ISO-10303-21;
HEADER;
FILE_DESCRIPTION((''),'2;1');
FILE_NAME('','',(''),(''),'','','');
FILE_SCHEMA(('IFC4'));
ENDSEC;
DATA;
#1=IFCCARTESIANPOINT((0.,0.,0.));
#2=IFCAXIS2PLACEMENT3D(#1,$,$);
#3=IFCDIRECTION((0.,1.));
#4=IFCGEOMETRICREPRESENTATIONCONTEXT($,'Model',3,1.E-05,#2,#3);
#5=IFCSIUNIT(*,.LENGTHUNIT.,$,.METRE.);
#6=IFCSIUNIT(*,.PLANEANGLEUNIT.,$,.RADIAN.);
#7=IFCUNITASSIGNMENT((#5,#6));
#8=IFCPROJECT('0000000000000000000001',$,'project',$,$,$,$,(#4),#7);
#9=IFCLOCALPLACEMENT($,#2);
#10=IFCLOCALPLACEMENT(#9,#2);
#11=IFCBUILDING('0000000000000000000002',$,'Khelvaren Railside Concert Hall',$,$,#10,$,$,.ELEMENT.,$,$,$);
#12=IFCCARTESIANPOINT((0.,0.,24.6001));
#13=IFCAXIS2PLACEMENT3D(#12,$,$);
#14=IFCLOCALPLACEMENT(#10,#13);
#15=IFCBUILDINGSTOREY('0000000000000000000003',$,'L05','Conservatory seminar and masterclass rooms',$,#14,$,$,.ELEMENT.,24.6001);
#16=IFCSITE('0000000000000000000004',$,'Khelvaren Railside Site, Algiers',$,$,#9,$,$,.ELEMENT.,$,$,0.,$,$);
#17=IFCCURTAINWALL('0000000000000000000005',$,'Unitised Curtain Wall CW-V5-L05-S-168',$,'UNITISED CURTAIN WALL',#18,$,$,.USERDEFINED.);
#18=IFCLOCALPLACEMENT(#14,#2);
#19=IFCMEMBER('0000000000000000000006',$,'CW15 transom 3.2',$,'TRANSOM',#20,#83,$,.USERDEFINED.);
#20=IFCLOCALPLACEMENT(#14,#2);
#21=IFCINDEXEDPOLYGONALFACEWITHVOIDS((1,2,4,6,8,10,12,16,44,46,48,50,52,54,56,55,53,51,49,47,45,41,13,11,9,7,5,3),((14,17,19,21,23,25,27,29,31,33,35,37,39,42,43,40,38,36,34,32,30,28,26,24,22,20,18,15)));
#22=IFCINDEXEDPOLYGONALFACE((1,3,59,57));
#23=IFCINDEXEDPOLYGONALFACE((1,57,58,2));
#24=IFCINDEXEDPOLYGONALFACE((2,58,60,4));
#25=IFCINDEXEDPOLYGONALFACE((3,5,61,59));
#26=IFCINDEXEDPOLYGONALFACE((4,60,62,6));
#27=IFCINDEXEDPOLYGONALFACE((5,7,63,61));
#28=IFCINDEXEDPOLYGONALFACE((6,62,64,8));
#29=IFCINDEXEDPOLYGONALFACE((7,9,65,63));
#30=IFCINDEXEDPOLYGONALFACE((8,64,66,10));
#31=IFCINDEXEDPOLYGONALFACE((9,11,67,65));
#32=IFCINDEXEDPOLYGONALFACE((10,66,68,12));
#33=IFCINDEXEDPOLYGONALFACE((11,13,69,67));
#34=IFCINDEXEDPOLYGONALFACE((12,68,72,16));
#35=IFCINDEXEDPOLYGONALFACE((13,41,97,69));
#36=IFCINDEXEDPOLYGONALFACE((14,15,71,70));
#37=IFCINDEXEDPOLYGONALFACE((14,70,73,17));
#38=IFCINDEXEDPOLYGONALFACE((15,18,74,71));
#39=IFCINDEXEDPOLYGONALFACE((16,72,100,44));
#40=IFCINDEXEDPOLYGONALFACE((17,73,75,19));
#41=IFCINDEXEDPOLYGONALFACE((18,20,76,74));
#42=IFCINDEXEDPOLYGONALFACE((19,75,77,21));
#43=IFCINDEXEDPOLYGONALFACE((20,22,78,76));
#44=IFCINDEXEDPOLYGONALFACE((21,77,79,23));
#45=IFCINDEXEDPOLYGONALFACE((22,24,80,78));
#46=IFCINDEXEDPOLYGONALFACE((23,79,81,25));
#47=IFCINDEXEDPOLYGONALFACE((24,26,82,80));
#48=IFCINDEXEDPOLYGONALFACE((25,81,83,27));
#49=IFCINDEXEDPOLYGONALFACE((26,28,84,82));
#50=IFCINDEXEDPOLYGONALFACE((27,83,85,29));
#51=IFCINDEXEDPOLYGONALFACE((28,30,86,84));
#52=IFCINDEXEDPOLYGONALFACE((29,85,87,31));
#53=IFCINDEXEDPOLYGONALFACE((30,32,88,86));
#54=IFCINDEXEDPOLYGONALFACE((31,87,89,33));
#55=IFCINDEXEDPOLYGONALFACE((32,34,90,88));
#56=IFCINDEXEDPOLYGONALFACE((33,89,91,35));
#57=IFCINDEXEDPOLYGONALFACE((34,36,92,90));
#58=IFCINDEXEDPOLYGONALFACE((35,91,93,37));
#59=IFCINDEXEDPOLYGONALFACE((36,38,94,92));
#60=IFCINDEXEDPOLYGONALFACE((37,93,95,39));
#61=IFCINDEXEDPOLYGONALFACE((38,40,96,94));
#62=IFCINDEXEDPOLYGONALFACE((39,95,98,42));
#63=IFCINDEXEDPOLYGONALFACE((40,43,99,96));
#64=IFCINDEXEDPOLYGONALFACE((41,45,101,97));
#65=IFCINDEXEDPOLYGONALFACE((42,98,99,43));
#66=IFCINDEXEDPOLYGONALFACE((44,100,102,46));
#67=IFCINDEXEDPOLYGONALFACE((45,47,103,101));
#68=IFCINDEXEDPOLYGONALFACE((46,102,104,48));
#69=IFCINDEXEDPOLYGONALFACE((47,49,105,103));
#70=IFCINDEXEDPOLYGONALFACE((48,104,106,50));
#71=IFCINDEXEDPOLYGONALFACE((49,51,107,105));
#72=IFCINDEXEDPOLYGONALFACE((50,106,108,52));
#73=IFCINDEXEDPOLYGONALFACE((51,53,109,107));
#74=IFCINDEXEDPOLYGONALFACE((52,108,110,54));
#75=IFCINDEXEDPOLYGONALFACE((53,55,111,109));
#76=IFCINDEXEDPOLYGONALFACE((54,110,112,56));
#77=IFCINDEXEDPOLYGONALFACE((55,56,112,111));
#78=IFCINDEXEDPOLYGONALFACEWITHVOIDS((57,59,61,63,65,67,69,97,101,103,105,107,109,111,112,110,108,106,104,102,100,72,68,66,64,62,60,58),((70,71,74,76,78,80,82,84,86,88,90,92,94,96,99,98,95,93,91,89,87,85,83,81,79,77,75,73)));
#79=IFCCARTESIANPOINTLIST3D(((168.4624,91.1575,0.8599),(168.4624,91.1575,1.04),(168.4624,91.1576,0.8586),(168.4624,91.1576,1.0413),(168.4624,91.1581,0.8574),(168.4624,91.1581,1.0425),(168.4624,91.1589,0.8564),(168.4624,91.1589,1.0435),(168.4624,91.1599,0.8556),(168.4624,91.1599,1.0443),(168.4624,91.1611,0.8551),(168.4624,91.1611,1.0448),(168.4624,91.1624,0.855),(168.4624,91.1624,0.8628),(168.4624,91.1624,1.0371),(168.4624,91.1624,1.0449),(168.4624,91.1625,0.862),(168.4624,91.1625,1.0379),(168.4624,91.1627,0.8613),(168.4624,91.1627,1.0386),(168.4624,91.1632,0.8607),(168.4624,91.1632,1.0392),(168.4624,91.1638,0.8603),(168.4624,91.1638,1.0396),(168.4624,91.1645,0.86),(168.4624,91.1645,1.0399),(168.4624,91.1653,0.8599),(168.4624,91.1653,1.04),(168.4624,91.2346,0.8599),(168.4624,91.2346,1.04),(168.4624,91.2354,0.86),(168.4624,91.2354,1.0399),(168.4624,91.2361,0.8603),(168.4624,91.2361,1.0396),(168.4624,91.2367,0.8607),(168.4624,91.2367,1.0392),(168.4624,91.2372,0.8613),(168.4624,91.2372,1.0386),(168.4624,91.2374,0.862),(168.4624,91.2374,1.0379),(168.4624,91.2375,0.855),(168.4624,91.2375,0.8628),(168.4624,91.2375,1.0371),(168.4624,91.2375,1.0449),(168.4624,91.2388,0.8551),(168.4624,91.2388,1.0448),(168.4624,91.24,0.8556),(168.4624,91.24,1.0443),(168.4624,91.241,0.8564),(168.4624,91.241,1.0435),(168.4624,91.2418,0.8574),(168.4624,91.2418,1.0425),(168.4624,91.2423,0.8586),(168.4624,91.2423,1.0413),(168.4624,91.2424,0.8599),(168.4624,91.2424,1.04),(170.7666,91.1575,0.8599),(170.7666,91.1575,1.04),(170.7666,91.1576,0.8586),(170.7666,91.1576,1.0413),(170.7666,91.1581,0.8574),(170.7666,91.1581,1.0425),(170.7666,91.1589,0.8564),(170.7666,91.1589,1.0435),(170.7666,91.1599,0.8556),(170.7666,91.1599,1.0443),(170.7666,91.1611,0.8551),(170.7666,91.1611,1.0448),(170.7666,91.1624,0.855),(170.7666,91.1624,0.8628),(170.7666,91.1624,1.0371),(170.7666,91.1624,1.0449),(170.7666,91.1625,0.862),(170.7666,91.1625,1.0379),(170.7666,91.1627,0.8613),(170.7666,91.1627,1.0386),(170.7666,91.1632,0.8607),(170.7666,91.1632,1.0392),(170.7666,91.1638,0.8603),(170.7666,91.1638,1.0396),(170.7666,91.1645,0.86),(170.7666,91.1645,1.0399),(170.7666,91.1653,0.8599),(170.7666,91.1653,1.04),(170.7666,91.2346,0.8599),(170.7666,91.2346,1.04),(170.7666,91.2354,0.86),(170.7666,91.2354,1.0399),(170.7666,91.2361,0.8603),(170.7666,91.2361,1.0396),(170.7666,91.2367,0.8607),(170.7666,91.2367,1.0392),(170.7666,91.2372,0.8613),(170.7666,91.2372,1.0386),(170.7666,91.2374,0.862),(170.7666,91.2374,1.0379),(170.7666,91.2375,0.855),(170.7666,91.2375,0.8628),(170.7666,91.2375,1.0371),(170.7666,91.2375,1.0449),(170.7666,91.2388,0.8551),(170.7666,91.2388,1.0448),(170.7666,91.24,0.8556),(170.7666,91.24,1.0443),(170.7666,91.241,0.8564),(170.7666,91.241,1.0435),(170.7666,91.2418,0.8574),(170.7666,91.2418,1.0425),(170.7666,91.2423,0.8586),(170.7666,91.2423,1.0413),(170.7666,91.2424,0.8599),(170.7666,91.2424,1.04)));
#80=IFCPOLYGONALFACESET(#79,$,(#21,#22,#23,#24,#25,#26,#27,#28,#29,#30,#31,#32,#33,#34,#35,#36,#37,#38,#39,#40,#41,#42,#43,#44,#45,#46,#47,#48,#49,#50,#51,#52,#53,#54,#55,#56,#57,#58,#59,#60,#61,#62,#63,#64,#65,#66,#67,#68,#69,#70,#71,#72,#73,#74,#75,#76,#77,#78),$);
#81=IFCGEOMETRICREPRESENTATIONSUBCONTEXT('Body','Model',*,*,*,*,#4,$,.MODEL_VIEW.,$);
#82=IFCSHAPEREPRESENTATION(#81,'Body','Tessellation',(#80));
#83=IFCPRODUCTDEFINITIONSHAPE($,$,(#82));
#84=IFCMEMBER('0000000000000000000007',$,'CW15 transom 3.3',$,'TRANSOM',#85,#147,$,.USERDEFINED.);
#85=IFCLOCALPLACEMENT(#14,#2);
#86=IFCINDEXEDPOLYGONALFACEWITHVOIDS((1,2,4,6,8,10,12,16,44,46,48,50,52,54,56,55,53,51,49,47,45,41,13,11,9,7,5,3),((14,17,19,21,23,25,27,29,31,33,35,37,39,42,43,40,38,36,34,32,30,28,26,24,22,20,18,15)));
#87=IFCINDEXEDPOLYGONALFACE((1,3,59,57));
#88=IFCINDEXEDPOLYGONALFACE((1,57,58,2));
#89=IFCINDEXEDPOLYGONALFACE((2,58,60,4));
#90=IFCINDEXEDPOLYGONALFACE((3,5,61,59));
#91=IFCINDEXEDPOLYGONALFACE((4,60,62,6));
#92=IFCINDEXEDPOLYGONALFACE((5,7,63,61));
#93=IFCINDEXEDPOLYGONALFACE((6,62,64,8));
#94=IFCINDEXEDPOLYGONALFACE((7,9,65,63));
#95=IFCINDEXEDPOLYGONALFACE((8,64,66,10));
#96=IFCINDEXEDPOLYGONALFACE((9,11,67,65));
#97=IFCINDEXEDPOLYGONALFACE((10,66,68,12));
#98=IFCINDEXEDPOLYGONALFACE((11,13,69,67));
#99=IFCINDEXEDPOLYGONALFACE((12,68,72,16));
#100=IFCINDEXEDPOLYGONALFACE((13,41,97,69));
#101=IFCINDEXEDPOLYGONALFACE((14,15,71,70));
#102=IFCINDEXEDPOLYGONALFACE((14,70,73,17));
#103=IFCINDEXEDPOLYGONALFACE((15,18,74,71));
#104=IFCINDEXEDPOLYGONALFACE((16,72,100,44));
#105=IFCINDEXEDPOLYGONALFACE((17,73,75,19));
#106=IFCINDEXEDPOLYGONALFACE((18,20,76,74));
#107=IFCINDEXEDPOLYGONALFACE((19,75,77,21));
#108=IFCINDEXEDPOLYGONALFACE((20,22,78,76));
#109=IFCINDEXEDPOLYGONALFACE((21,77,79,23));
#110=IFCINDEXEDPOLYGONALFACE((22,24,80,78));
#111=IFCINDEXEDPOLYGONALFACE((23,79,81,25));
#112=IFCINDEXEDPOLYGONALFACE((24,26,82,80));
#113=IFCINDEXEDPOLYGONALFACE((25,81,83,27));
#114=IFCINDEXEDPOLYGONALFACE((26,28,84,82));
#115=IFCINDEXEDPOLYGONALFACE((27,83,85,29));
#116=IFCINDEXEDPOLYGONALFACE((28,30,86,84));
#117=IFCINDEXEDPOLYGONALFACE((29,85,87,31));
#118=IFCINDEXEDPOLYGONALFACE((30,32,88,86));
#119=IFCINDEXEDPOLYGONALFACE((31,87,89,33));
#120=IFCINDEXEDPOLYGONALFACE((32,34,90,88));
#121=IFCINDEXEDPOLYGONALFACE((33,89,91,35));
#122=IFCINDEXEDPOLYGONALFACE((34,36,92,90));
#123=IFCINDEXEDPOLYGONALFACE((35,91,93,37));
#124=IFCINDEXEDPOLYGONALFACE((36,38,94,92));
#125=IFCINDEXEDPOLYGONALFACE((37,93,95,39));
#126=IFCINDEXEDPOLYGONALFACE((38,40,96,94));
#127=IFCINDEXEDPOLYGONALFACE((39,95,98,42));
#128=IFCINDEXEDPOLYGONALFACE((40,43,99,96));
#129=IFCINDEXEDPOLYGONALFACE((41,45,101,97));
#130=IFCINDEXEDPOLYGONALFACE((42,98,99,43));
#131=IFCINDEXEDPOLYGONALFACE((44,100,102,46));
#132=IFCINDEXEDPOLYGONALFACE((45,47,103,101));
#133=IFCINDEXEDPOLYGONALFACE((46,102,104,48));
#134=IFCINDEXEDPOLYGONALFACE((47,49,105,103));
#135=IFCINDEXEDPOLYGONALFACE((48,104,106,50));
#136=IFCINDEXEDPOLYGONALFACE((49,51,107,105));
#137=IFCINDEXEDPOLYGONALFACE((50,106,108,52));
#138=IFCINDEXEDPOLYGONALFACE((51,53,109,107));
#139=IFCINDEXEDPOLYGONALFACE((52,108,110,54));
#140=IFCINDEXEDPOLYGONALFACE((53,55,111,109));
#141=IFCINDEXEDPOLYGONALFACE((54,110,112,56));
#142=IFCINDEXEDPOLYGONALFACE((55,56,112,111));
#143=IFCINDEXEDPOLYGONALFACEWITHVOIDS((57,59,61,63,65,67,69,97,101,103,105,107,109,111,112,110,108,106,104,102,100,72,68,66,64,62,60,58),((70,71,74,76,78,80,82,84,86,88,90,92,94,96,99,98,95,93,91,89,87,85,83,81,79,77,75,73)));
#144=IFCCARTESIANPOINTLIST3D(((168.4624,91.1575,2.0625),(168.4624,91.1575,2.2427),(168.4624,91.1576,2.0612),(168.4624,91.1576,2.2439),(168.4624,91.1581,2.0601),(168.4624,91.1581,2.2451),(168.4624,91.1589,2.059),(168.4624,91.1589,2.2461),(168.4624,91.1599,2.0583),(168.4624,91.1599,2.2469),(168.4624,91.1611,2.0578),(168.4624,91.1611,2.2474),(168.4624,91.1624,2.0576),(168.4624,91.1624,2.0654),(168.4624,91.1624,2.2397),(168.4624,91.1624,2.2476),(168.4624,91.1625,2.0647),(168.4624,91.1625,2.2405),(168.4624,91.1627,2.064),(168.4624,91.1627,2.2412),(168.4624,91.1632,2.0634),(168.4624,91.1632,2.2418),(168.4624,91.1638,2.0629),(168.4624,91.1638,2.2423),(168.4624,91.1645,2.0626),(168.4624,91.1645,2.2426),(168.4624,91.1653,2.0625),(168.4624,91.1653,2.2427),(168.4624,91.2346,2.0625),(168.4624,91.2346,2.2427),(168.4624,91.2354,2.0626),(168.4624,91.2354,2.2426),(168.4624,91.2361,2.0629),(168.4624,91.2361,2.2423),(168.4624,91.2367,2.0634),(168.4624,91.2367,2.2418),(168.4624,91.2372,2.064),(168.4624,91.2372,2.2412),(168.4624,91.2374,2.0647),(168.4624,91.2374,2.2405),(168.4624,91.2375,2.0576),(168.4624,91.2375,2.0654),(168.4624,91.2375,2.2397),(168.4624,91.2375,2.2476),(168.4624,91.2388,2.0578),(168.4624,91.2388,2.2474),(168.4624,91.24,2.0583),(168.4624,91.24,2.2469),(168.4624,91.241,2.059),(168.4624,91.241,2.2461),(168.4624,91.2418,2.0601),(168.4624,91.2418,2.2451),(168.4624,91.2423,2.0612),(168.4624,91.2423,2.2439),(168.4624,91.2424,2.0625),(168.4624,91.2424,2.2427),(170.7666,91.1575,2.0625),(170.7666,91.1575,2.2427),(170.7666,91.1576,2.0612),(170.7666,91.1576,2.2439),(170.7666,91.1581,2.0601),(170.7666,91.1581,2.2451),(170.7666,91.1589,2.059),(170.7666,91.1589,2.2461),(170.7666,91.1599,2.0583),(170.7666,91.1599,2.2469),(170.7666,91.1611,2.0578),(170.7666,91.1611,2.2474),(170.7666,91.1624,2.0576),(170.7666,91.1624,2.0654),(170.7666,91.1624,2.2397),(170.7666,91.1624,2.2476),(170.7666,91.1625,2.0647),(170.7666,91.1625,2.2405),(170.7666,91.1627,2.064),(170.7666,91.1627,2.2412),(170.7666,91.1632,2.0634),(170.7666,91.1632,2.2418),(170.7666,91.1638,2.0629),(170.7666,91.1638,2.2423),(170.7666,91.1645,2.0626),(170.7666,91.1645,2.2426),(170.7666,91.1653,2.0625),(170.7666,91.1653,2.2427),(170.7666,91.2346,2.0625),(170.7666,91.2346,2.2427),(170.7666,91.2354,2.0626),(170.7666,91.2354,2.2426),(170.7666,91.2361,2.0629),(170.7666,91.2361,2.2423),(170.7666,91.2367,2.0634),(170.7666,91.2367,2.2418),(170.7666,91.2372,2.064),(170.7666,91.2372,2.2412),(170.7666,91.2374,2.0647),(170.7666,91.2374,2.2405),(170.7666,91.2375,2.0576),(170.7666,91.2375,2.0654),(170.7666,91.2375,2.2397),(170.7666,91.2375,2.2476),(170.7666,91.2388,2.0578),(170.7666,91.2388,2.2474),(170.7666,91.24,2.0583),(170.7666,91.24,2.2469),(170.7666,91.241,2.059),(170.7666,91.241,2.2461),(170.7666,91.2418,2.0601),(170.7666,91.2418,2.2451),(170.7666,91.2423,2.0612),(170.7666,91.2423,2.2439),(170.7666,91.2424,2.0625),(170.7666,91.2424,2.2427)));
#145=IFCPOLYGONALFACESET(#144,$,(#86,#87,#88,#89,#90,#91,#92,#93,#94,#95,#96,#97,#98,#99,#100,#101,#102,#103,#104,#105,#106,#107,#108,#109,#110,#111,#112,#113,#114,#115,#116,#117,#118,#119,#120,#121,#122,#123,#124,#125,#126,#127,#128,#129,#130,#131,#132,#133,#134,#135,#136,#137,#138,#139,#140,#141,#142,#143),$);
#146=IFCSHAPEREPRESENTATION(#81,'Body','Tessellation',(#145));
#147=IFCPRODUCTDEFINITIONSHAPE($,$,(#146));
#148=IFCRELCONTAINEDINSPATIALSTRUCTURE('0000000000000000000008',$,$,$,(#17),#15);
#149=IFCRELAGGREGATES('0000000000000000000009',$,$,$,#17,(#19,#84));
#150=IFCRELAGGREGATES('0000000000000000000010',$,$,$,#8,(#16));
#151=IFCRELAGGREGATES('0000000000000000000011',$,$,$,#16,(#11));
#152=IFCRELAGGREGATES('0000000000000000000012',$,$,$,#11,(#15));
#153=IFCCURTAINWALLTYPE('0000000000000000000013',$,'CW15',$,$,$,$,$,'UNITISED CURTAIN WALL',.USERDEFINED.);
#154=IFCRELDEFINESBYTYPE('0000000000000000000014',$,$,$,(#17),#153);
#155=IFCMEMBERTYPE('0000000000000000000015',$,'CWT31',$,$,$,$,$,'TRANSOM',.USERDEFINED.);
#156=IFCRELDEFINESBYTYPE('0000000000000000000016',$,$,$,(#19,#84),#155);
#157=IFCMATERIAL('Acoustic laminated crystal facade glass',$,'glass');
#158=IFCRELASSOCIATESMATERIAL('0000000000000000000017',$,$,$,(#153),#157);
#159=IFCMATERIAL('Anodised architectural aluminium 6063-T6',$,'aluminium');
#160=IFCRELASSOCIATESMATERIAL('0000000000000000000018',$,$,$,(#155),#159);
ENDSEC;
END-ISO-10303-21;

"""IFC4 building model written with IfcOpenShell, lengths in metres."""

from ifc_helpers import new_model, si_unit, direction, frame, origin, origin_2d, place, context, subcontext, project, spatial, hollow_rectangle, extrude, material, material_profile, profile_set, type_object, element, aggregate, save


model = new_model("IFC4")

# Units and contexts
model_context = context("Model", 3, precision=1e-05, world=origin(), true_north=direction((0.0, 1.0)))
body_context = subcontext(model_context, "Body", "Model", "MODEL_VIEW")
ifc_project = project(units=[si_unit("LENGTHUNIT", "METRE"), si_unit("PLANEANGLEUNIT", "RADIAN")], contexts=[model_context])

# Site, building, storey
site_placement = place(None, origin())
site = spatial("IfcSite", under=ifc_project, at=site_placement, Name="Khelvaren Railside Site, Algiers", CompositionType="ELEMENT", RefElevation=0.0)
building_placement = place(site_placement, origin())
building = spatial("IfcBuilding", under=site, at=building_placement, Name="Khelvaren Railside Concert Hall", CompositionType="ELEMENT")
storey_placement = place(building_placement, frame((0.0, 0.0, 24.6001)))
storey = spatial("IfcBuildingStorey", under=building, at=storey_placement, Name="L05", Description="Conservatory seminar and masterclass rooms", CompositionType="ELEMENT", Elevation=24.6001)

# Curtain wall, members
ifc_material_1 = material(Name="Acoustic laminated crystal facade glass", Category="glass")
curtain_wall_type = type_object("IfcCurtainWallType", Name="CW15", ElementType="UNITISED CURTAIN WALL", PredefinedType="USERDEFINED", material=ifc_material_1)
curtain_wall_placement = place(storey_placement, origin())
curtain_wall = element("IfcCurtainWall", 1, at=curtain_wall_placement, inside=storey, type_object=curtain_wall_type, Name="Unitised Curtain Wall CW-V5-L05-S-168", ObjectType="UNITISED CURTAIN WALL", PredefinedType="USERDEFINED")
ifc_material_2 = material(Name="Anodised architectural aluminium 6063-T6", Category="aluminium")
ifc_material_profile_1 = material_profile(ifc_material_2, hollow_rectangle(XDim=0.085, YDim=0.1899, WallThickness=0.0049, InnerFilletRadius=0.0029, OuterFilletRadius=0.0049, at=origin_2d()), Name="CWT 85x190x5")
ifc_profile_set_1 = profile_set([ifc_material_profile_1], Name="Anodised architectural aluminium 6063-T6")
member_type_1 = type_object("IfcMemberType", Name="CWT31", ElementType="TRANSOM", PredefinedType="USERDEFINED", material=ifc_profile_set_1)
member_1_placement = place(storey_placement, frame((170.7666, 91.2, 0.95), z_axis=(-1.0, 0.0, 0.0), x_axis=(0.0, -1.0, 0.0)))
member_1 = element("IfcMember", 2, at=member_1_placement, type_object=member_type_1, Name="CW15 transom 3.2", ObjectType="TRANSOM", PredefinedType="USERDEFINED", context=body_context, shape_type="SweptSolid", body=[
    extrude(hollow_rectangle(XDim=0.085, YDim=0.1899, WallThickness=0.0049, InnerFilletRadius=0.0029, OuterFilletRadius=0.0049, at=origin_2d()), origin(), (0.0, 0.0, 1.0), 2.3042),
])
member_2_placement = place(storey_placement, frame((170.7666, 91.2, 2.1526), z_axis=(-1.0, 0.0, 0.0), x_axis=(0.0, -1.0, 0.0)))
member_2 = element("IfcMember", 3, at=member_2_placement, type_object=member_type_1, Name="CW15 transom 3.3", ObjectType="TRANSOM", PredefinedType="USERDEFINED", context=body_context, shape_type="SweptSolid", body=[
    extrude(hollow_rectangle(XDim=0.085, YDim=0.1899, WallThickness=0.0049, InnerFilletRadius=0.0029, OuterFilletRadius=0.0049, at=origin_2d()), origin(), (0.0, 0.0, 1.0), 2.3042),
])

aggregate(curtain_wall, [member_1, member_2])

save(model, "model.ifc")
